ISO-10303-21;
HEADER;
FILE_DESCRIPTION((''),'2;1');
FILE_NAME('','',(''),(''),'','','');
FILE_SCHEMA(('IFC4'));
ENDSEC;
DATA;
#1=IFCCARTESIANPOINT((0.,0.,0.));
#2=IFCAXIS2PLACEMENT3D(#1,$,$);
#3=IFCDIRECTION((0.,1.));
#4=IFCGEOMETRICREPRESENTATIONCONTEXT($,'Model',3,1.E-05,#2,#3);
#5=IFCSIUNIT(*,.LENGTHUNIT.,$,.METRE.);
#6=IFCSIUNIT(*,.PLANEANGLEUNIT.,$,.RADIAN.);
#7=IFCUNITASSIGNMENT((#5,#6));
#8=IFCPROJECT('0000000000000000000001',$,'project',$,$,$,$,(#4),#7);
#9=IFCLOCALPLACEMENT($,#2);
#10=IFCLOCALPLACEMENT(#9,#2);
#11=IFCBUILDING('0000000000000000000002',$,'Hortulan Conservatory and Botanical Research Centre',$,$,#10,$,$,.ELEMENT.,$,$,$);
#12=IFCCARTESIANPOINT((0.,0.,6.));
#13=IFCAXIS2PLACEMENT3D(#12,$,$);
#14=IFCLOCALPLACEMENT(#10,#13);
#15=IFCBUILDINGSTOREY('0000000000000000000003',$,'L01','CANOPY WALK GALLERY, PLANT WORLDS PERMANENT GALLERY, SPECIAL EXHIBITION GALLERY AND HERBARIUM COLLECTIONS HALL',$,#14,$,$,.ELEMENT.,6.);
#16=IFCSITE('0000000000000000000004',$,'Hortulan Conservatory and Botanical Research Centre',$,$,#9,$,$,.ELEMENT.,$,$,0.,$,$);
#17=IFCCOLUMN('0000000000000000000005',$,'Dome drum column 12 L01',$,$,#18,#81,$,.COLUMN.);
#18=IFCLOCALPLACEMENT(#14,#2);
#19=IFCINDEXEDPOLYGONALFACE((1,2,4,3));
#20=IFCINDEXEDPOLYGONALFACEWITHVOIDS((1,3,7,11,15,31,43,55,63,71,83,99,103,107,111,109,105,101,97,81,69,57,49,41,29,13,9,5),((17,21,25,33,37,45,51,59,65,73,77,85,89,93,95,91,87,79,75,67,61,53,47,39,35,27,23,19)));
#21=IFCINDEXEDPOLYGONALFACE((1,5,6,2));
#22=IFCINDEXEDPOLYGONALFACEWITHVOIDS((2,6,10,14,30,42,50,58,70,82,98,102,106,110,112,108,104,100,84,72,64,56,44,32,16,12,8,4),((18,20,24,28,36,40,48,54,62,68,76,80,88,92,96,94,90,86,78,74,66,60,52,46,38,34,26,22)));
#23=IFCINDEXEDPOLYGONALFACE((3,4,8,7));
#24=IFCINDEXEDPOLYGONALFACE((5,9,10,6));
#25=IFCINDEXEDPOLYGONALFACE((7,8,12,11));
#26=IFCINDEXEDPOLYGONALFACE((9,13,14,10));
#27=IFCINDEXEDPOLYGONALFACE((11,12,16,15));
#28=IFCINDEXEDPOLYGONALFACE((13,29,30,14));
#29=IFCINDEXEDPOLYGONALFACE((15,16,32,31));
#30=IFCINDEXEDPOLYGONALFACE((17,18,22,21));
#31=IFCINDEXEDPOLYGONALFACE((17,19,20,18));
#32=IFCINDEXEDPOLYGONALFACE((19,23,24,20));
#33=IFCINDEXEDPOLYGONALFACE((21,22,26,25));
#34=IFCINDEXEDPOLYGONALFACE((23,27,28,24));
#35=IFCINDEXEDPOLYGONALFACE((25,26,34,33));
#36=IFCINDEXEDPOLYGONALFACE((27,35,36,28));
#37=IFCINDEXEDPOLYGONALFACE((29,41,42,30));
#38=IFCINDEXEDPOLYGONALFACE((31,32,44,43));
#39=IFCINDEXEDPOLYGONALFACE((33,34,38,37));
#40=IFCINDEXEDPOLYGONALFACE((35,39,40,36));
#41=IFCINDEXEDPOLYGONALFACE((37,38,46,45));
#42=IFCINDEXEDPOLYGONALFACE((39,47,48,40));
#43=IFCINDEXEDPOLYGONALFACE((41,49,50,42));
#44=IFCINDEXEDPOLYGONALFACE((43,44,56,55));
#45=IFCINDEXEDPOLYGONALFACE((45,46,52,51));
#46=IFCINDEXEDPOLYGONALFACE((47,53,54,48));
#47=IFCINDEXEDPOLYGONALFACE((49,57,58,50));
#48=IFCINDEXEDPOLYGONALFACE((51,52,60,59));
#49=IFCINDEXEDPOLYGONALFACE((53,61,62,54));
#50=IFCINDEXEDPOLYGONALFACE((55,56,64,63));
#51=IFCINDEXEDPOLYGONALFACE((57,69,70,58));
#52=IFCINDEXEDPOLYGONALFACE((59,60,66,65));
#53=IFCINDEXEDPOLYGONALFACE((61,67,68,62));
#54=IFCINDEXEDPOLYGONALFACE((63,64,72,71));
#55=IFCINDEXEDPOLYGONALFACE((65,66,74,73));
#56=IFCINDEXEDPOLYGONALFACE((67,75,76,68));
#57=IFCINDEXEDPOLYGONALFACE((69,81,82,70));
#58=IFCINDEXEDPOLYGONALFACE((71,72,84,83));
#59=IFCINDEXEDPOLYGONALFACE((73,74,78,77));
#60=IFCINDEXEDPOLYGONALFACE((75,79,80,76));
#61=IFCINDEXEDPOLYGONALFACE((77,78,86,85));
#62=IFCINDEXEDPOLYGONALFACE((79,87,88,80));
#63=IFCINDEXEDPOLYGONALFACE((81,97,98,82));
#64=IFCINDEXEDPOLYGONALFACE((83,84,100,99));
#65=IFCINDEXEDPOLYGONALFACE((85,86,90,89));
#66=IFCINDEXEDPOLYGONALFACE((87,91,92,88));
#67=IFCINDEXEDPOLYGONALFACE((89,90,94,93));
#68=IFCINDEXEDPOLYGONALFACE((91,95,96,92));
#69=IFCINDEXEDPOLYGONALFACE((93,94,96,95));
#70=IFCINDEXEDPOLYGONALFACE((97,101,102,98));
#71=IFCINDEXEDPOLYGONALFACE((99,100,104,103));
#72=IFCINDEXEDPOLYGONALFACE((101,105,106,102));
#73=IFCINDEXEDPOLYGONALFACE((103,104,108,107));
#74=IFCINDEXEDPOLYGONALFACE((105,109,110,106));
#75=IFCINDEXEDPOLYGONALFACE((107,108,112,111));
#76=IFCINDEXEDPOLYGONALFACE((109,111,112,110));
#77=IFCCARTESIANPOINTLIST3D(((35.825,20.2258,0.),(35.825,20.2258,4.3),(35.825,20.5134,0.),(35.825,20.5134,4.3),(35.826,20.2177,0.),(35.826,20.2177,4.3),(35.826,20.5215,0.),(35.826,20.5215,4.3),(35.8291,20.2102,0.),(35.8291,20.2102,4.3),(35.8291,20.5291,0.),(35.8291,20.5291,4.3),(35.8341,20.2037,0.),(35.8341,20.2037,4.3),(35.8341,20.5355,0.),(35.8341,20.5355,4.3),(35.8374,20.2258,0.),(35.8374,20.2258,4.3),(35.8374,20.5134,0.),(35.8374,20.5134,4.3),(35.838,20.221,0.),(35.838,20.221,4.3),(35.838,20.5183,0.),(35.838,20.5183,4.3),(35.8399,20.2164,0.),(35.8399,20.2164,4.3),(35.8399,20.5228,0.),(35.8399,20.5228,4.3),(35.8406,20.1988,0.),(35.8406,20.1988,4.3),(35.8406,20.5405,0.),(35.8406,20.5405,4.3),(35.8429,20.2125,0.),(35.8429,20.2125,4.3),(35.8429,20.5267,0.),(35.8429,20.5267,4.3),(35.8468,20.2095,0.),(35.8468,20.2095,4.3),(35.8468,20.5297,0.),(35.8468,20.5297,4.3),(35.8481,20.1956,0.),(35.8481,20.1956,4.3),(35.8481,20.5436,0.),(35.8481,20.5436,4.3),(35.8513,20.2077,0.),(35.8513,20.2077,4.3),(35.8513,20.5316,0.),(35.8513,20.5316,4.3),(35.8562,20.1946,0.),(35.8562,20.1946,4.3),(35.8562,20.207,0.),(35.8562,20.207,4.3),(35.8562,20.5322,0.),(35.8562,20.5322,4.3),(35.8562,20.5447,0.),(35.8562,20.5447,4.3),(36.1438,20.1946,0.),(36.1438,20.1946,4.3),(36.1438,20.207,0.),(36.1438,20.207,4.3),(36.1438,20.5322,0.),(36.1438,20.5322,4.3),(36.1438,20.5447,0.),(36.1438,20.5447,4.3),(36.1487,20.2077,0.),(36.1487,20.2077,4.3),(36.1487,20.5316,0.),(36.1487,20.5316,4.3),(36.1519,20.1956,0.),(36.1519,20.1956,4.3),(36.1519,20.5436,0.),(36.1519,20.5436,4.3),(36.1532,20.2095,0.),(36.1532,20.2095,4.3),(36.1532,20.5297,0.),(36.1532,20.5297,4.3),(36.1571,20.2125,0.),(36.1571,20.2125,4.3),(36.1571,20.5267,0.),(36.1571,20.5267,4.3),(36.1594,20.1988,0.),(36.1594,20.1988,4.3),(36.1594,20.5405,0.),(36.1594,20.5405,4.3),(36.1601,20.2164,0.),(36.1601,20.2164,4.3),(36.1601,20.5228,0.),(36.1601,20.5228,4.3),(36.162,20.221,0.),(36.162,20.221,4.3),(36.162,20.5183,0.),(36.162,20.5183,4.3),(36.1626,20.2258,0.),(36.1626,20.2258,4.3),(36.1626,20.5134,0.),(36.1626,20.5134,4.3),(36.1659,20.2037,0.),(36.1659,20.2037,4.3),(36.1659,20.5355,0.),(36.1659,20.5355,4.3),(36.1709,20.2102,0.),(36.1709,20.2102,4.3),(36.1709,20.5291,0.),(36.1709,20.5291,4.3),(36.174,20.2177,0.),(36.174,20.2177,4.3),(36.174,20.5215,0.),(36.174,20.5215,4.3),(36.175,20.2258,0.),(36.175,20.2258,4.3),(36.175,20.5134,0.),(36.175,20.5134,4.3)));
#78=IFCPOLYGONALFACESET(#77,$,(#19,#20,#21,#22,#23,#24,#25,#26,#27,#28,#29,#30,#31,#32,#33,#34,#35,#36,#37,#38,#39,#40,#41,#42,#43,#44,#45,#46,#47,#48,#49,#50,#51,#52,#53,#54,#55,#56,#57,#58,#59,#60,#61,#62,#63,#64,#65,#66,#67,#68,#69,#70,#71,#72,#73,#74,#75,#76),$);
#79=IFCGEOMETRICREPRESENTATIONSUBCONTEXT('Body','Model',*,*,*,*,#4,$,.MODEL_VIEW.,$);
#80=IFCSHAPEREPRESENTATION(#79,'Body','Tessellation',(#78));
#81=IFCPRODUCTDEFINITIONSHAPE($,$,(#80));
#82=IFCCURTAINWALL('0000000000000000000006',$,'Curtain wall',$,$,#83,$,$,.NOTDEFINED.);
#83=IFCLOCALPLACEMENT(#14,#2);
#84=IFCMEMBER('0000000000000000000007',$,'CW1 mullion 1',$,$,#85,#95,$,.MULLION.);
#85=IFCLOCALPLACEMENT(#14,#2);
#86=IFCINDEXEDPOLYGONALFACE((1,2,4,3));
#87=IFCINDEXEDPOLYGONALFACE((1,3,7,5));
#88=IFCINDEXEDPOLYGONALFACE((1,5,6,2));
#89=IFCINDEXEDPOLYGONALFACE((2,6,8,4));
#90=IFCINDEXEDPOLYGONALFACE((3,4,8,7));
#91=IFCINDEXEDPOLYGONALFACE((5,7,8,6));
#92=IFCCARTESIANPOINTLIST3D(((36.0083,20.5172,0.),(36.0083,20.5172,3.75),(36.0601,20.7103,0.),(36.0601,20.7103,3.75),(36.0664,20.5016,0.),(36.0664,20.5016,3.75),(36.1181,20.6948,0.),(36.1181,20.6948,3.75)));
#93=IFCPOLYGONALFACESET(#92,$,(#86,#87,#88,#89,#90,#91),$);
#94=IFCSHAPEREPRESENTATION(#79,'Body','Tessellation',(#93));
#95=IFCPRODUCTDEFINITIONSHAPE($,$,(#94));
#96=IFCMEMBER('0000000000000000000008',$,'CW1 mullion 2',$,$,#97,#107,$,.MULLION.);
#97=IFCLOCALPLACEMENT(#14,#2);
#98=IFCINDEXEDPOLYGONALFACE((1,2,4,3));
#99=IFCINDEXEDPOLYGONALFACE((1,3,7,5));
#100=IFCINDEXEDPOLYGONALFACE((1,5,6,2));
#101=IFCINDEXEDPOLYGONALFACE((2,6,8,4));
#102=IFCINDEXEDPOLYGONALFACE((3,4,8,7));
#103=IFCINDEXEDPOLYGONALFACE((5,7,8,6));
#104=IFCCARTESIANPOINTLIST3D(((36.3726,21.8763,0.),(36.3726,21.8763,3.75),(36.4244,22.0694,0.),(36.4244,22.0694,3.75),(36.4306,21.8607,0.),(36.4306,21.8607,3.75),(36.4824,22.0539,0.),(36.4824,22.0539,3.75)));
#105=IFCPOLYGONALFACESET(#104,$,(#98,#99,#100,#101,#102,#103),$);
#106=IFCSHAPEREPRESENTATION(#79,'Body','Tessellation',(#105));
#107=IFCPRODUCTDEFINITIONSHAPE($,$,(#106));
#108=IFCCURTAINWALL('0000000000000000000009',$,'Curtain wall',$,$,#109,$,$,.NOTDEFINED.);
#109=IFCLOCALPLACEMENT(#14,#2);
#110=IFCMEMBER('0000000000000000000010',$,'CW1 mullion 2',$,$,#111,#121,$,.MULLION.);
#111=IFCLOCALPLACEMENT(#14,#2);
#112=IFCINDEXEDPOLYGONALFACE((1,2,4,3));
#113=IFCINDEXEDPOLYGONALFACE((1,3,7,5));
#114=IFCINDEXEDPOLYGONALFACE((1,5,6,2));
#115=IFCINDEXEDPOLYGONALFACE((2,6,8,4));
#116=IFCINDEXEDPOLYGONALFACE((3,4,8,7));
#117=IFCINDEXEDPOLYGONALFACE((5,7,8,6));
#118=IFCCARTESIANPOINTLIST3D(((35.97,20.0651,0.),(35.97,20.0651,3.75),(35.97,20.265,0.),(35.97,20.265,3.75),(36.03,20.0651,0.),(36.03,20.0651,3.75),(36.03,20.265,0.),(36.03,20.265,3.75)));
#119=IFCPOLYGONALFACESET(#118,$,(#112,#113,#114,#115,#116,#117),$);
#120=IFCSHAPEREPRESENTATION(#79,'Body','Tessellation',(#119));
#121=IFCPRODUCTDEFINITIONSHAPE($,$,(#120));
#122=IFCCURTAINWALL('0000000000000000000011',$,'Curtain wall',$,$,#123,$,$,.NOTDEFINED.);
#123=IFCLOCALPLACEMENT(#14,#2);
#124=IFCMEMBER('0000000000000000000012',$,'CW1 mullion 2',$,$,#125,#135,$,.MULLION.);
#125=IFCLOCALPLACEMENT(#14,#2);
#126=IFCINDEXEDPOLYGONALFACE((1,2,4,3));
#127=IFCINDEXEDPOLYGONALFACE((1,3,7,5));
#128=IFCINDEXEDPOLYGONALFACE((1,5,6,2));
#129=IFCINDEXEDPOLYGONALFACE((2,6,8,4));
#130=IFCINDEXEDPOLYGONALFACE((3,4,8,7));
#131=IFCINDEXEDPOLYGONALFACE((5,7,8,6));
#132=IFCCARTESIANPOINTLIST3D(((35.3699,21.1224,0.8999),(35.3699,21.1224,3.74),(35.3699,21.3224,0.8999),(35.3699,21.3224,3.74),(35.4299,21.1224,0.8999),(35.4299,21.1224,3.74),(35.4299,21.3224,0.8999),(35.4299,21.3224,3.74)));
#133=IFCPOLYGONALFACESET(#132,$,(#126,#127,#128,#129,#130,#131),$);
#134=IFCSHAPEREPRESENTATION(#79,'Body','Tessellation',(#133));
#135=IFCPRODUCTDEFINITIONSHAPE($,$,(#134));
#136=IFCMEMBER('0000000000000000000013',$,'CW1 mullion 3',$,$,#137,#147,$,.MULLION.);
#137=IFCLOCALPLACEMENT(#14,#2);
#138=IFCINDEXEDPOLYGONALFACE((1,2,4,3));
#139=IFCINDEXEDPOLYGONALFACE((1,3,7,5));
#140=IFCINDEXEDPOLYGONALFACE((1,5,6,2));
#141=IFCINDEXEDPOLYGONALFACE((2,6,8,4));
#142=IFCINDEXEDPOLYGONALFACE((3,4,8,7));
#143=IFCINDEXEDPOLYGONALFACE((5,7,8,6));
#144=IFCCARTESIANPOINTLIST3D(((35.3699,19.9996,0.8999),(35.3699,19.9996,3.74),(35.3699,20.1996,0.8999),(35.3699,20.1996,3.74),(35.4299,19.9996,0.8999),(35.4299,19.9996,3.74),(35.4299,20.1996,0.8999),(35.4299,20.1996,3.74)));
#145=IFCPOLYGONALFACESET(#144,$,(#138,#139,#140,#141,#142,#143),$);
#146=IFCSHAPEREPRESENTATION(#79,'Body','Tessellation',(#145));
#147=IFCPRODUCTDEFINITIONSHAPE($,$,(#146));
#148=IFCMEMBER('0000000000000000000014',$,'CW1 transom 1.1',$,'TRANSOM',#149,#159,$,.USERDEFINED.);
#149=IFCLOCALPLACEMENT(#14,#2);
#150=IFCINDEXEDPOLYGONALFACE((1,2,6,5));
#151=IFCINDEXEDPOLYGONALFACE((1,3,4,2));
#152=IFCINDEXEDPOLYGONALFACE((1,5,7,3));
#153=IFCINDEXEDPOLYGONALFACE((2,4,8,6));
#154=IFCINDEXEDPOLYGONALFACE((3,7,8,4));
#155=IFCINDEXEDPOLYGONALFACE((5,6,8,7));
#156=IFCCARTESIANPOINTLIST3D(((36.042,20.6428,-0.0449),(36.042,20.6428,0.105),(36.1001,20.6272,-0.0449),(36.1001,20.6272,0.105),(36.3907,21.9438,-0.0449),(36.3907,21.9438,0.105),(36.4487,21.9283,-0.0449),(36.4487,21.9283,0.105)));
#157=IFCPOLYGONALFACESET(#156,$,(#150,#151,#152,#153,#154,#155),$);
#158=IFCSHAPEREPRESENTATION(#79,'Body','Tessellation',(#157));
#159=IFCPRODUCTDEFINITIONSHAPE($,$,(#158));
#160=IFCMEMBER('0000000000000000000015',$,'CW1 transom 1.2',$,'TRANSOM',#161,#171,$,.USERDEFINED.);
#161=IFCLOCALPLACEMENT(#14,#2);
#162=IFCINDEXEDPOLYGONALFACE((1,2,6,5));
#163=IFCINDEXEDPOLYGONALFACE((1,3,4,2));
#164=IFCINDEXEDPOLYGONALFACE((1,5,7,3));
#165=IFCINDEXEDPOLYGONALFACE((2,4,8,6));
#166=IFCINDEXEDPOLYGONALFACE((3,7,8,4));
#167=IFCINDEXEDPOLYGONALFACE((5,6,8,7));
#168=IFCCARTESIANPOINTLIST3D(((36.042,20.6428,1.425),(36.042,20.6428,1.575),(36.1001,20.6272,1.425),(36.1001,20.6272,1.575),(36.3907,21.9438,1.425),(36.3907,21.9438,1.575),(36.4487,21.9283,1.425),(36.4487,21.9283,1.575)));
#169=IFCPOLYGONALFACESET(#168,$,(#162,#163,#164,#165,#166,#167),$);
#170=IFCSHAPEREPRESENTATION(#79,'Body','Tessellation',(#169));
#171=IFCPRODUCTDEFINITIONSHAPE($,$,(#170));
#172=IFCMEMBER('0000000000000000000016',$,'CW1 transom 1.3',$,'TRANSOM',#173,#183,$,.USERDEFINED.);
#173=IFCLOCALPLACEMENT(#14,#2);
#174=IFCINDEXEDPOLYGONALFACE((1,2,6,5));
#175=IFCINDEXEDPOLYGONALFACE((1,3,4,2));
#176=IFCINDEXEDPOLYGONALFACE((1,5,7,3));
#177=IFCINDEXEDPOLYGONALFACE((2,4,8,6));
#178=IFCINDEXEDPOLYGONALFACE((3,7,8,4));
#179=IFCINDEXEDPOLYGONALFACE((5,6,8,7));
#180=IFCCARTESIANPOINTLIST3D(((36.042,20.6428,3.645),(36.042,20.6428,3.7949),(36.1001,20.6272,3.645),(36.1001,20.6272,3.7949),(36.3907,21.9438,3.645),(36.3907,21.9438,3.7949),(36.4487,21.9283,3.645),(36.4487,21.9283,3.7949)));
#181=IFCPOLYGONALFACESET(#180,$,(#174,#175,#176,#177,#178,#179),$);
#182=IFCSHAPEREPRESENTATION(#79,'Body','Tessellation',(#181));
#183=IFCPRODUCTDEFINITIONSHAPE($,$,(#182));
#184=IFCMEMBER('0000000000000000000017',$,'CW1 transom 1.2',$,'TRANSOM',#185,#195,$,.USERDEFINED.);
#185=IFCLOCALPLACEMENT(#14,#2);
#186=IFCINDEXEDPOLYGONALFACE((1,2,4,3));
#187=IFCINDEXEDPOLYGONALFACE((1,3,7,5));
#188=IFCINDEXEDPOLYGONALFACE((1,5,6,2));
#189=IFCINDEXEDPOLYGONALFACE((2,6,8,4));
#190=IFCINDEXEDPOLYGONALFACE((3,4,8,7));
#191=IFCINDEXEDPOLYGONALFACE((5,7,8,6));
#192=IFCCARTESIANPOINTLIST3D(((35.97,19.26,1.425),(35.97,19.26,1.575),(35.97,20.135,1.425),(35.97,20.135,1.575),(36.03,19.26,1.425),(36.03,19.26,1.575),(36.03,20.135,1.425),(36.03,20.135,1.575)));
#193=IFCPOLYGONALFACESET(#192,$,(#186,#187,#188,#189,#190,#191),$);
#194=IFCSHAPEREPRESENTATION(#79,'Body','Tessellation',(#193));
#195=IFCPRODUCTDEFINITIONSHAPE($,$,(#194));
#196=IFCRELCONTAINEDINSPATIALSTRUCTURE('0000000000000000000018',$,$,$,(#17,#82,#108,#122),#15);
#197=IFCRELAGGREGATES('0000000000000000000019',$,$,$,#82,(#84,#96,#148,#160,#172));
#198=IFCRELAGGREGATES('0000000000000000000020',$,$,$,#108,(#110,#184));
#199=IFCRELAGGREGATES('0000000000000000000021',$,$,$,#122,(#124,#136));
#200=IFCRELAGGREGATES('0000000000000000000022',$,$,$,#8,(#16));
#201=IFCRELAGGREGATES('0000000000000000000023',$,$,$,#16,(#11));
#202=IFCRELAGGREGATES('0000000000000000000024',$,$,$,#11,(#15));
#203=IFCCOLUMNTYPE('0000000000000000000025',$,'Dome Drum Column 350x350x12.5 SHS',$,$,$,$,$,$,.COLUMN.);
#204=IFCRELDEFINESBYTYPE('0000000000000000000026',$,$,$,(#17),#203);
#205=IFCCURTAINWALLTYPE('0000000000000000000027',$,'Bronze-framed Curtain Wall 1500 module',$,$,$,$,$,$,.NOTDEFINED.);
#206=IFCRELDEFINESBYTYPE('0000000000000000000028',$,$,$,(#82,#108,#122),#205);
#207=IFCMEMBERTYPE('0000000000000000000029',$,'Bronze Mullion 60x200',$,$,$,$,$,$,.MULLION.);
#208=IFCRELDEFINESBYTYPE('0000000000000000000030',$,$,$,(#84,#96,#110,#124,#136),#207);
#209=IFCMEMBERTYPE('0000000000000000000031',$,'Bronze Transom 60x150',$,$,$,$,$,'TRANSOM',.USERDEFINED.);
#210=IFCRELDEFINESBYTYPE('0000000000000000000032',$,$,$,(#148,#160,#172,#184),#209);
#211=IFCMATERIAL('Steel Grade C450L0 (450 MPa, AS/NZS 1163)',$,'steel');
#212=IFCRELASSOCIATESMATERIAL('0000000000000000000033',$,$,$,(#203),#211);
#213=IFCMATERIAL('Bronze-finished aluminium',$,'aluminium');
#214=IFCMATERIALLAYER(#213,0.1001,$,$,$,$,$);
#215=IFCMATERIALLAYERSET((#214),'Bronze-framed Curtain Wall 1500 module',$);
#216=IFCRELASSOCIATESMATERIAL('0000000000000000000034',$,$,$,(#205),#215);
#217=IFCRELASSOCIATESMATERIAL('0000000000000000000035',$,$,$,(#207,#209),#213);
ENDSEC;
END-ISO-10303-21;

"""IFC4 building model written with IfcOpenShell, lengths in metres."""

from ifc_helpers import new_model, si_unit, direction, frame, origin, origin_2d, place, context, subcontext, project, spatial, rectangle, hollow_rectangle, extrude, material, layer, layer_set, material_profile, profile_set, type_object, element, aggregate, save


model = new_model("IFC4")

# Units and contexts
model_context = context("Model", 3, precision=1e-05, world=origin(), true_north=direction((0.0, 1.0)))
body_context = subcontext(model_context, "Body", "Model", "MODEL_VIEW")
ifc_project = project(units=[si_unit("LENGTHUNIT", "METRE"), si_unit("PLANEANGLEUNIT", "RADIAN")], contexts=[model_context])

# Site, building, storey
site_placement = place(None, origin())
site = spatial("IfcSite", under=ifc_project, at=site_placement, Name="Hortulan Conservatory and Botanical Research Centre", CompositionType="ELEMENT", RefElevation=0.0)
building_placement = place(site_placement, origin())
building = spatial("IfcBuilding", under=site, at=building_placement, Name="Hortulan Conservatory and Botanical Research Centre", CompositionType="ELEMENT")
storey_placement = place(building_placement, frame((0.0, 0.0, 6.0)))
storey = spatial("IfcBuildingStorey", under=building, at=storey_placement, Name="L01", Description="CANOPY WALK GALLERY, PLANT WORLDS PERMANENT GALLERY, SPECIAL EXHIBITION GALLERY AND HERBARIUM COLLECTIONS HALL", CompositionType="ELEMENT", Elevation=6.0)

# Column
ifc_material_1 = material(Name="Steel Grade C450L0 (450 MPa, AS/NZS 1163)", Category="steel")
ifc_material_profile_1 = material_profile(ifc_material_1, hollow_rectangle(XDim=0.3501, YDim=0.3501, WallThickness=0.0125, InnerFilletRadius=0.0188, OuterFilletRadius=0.0312, at=origin_2d()), Name="350x350x12.5SHS")
ifc_profile_set_1 = profile_set([ifc_material_profile_1], Name="Steel Grade C450L0 (450 MPa, AS/NZS 1163)")
column_type = type_object("IfcColumnType", Name="Dome Drum Column 350x350x12.5 SHS", PredefinedType="COLUMN", material=ifc_profile_set_1)
column_placement = place(storey_placement, frame((36.0, 20.3696, 0.0), z_axis=(0.0, 0.0, 1.0), x_axis=(1.0, 0.0, 0.0)))
element("IfcColumn", 1, at=column_placement, inside=storey, type_object=column_type, Name="Dome drum column 12 L01", PredefinedType="COLUMN", context=body_context, shape_type="SweptSolid", body=[
    extrude(hollow_rectangle(XDim=0.3501, YDim=0.3501, WallThickness=0.0125, InnerFilletRadius=0.0188, OuterFilletRadius=0.0312, at=origin_2d()), origin(), (0.0, 0.0, 1.0), 4.3),
])

# Curtain wall, members
ifc_material_2 = material(Name="Bronze-finished aluminium", Category="aluminium")
ifc_layer_1 = layer(ifc_material_2, 0.1001)
ifc_layer_set_1 = layer_set([ifc_layer_1], Name="Bronze-framed Curtain Wall 1500 module")
curtain_wall_type = type_object("IfcCurtainWallType", Name="Bronze-framed Curtain Wall 1500 module", PredefinedType="NOTDEFINED", material=ifc_layer_set_1)
curtain_wall_1_placement = place(storey_placement, origin())
curtain_wall_1 = element("IfcCurtainWall", 2, at=curtain_wall_1_placement, inside=storey, type_object=curtain_wall_type, Name="Curtain wall", PredefinedType="NOTDEFINED")
ifc_material_profile_2 = material_profile(ifc_material_2, rectangle(XDim=0.0601, YDim=0.2, at=origin_2d()), Name="Bronze Mullion 60x200")
ifc_profile_set_2 = profile_set([ifc_material_profile_2], Name="Bronze-finished aluminium")
member_type_1 = type_object("IfcMemberType", Name="Bronze Mullion 60x200", PredefinedType="MULLION", material=ifc_profile_set_2)
member_1_placement = place(storey_placement, frame((36.0632, 20.606, 0.0), z_axis=(0.0, 0.0, 1.0), x_axis=(-0.965922, 0.258832, 0.0)))
member_1 = element("IfcMember", 3, at=member_1_placement, type_object=member_type_1, Name="CW1 mullion 1", PredefinedType="MULLION", context=body_context, shape_type="SweptSolid", body=[
    extrude(rectangle(XDim=0.0601, YDim=0.2, at=origin_2d()), origin(), (0.0, 0.0, 1.0), 3.75),
])
member_2_placement = place(storey_placement, frame((36.4275, 21.9651, 0.0), z_axis=(0.0, 0.0, 1.0), x_axis=(-0.965922, 0.258832, 0.0)))
member_2 = element("IfcMember", 4, at=member_2_placement, type_object=member_type_1, Name="CW1 mullion 2", PredefinedType="MULLION", context=body_context, shape_type="SweptSolid", body=[
    extrude(rectangle(XDim=0.0601, YDim=0.2, at=origin_2d()), origin(), (0.0, 0.0, 1.0), 3.75),
])

# Curtain wall, member
curtain_wall_2_placement = place(storey_placement, origin())
curtain_wall_2 = element("IfcCurtainWall", 5, at=curtain_wall_2_placement, inside=storey, type_object=curtain_wall_type, Name="Curtain wall", PredefinedType="NOTDEFINED")
member_3_placement = place(storey_placement, frame((36.0, 20.165, 0.0), z_axis=(0.0, 0.0, 1.0), x_axis=(-1.0, 0.0, 0.0)))
member_3 = element("IfcMember", 6, at=member_3_placement, type_object=member_type_1, Name="CW1 mullion 2", PredefinedType="MULLION", context=body_context, shape_type="SweptSolid", body=[
    extrude(rectangle(XDim=0.0601, YDim=0.2, at=origin_2d()), origin(), (0.0, 0.0, 1.0), 3.75),
])

# Curtain wall, members
curtain_wall_3_placement = place(storey_placement, origin())
curtain_wall_3 = element("IfcCurtainWall", 7, at=curtain_wall_3_placement, inside=storey, type_object=curtain_wall_type, Name="Curtain wall", PredefinedType="NOTDEFINED")
member_4_placement = place(storey_placement, frame((35.3999, 21.2224, 0.8999), z_axis=(0.0, 0.0, 1.0), x_axis=(1.0, 0.0, 0.0)))
member_4 = element("IfcMember", 8, at=member_4_placement, type_object=member_type_1, Name="CW1 mullion 2", PredefinedType="MULLION", context=body_context, shape_type="SweptSolid", body=[
    extrude(rectangle(XDim=0.0601, YDim=0.2, at=origin_2d()), origin(), (0.0, 0.0, 1.0), 2.8401),
])
member_5_placement = place(storey_placement, frame((35.3999, 20.0996, 0.8999), z_axis=(0.0, 0.0, 1.0), x_axis=(1.0, 0.0, 0.0)))
member_5 = element("IfcMember", 9, at=member_5_placement, type_object=member_type_1, Name="CW1 mullion 3", PredefinedType="MULLION", context=body_context, shape_type="SweptSolid", body=[
    extrude(rectangle(XDim=0.0601, YDim=0.2, at=origin_2d()), origin(), (0.0, 0.0, 1.0), 2.8401),
])

# Members
ifc_material_profile_3 = material_profile(ifc_material_2, rectangle(XDim=0.0601, YDim=0.1499, at=origin_2d()), Name="Bronze Transom 60x150")
ifc_profile_set_3 = profile_set([ifc_material_profile_3], Name="Bronze-finished aluminium")
member_type_2 = type_object("IfcMemberType", Name="Bronze Transom 60x150", ElementType="TRANSOM", PredefinedType="USERDEFINED", material=ifc_profile_set_3)
member_6_placement = place(storey_placement, frame((36.071, 20.635, 0.03), z_axis=(0.258836, 0.965921, 0.0), x_axis=(-0.965921, 0.258836, 0.0)))
member_6 = element("IfcMember", 10, at=member_6_placement, type_object=member_type_2, Name="CW1 transom 1.1", ObjectType="TRANSOM", PredefinedType="USERDEFINED", context=body_context, shape_type="SweptSolid", body=[
    extrude(rectangle(XDim=0.0601, YDim=0.1499, at=origin_2d()), origin(), (0.0, 0.0, 1.0), 1.3469),
])
member_7_placement = place(storey_placement, frame((36.071, 20.635, 1.5), z_axis=(0.258836, 0.965921, 0.0), x_axis=(-0.965921, 0.258836, 0.0)))
member_7 = element("IfcMember", 11, at=member_7_placement, type_object=member_type_2, Name="CW1 transom 1.2", ObjectType="TRANSOM", PredefinedType="USERDEFINED", context=body_context, shape_type="SweptSolid", body=[
    extrude(rectangle(XDim=0.0601, YDim=0.1499, at=origin_2d()), origin(), (0.0, 0.0, 1.0), 1.3469),
])
member_8_placement = place(storey_placement, frame((36.071, 20.635, 3.72), z_axis=(0.258836, 0.965921, 0.0), x_axis=(-0.965921, 0.258836, 0.0)))
member_8 = element("IfcMember", 12, at=member_8_placement, type_object=member_type_2, Name="CW1 transom 1.3", ObjectType="TRANSOM", PredefinedType="USERDEFINED", context=body_context, shape_type="SweptSolid", body=[
    extrude(rectangle(XDim=0.0601, YDim=0.1499, at=origin_2d()), origin(), (0.0, 0.0, 1.0), 1.3469),
])
member_9_placement = place(storey_placement, frame((36.0, 19.26, 1.5), z_axis=(0.0, 1.0, 0.0), x_axis=(-1.0, 0.0, 0.0)))
member_9 = element("IfcMember", 13, at=member_9_placement, type_object=member_type_2, Name="CW1 transom 1.2", ObjectType="TRANSOM", PredefinedType="USERDEFINED", context=body_context, shape_type="SweptSolid", body=[
    extrude(rectangle(XDim=0.0601, YDim=0.1499, at=origin_2d()), origin(), (0.0, 0.0, 1.0), 0.875),
])

aggregate(curtain_wall_1, [member_1, member_2, member_6, member_7, member_8])
aggregate(curtain_wall_2, [member_3, member_9])
aggregate(curtain_wall_3, [member_4, member_5])

save(model, "model.ifc")
